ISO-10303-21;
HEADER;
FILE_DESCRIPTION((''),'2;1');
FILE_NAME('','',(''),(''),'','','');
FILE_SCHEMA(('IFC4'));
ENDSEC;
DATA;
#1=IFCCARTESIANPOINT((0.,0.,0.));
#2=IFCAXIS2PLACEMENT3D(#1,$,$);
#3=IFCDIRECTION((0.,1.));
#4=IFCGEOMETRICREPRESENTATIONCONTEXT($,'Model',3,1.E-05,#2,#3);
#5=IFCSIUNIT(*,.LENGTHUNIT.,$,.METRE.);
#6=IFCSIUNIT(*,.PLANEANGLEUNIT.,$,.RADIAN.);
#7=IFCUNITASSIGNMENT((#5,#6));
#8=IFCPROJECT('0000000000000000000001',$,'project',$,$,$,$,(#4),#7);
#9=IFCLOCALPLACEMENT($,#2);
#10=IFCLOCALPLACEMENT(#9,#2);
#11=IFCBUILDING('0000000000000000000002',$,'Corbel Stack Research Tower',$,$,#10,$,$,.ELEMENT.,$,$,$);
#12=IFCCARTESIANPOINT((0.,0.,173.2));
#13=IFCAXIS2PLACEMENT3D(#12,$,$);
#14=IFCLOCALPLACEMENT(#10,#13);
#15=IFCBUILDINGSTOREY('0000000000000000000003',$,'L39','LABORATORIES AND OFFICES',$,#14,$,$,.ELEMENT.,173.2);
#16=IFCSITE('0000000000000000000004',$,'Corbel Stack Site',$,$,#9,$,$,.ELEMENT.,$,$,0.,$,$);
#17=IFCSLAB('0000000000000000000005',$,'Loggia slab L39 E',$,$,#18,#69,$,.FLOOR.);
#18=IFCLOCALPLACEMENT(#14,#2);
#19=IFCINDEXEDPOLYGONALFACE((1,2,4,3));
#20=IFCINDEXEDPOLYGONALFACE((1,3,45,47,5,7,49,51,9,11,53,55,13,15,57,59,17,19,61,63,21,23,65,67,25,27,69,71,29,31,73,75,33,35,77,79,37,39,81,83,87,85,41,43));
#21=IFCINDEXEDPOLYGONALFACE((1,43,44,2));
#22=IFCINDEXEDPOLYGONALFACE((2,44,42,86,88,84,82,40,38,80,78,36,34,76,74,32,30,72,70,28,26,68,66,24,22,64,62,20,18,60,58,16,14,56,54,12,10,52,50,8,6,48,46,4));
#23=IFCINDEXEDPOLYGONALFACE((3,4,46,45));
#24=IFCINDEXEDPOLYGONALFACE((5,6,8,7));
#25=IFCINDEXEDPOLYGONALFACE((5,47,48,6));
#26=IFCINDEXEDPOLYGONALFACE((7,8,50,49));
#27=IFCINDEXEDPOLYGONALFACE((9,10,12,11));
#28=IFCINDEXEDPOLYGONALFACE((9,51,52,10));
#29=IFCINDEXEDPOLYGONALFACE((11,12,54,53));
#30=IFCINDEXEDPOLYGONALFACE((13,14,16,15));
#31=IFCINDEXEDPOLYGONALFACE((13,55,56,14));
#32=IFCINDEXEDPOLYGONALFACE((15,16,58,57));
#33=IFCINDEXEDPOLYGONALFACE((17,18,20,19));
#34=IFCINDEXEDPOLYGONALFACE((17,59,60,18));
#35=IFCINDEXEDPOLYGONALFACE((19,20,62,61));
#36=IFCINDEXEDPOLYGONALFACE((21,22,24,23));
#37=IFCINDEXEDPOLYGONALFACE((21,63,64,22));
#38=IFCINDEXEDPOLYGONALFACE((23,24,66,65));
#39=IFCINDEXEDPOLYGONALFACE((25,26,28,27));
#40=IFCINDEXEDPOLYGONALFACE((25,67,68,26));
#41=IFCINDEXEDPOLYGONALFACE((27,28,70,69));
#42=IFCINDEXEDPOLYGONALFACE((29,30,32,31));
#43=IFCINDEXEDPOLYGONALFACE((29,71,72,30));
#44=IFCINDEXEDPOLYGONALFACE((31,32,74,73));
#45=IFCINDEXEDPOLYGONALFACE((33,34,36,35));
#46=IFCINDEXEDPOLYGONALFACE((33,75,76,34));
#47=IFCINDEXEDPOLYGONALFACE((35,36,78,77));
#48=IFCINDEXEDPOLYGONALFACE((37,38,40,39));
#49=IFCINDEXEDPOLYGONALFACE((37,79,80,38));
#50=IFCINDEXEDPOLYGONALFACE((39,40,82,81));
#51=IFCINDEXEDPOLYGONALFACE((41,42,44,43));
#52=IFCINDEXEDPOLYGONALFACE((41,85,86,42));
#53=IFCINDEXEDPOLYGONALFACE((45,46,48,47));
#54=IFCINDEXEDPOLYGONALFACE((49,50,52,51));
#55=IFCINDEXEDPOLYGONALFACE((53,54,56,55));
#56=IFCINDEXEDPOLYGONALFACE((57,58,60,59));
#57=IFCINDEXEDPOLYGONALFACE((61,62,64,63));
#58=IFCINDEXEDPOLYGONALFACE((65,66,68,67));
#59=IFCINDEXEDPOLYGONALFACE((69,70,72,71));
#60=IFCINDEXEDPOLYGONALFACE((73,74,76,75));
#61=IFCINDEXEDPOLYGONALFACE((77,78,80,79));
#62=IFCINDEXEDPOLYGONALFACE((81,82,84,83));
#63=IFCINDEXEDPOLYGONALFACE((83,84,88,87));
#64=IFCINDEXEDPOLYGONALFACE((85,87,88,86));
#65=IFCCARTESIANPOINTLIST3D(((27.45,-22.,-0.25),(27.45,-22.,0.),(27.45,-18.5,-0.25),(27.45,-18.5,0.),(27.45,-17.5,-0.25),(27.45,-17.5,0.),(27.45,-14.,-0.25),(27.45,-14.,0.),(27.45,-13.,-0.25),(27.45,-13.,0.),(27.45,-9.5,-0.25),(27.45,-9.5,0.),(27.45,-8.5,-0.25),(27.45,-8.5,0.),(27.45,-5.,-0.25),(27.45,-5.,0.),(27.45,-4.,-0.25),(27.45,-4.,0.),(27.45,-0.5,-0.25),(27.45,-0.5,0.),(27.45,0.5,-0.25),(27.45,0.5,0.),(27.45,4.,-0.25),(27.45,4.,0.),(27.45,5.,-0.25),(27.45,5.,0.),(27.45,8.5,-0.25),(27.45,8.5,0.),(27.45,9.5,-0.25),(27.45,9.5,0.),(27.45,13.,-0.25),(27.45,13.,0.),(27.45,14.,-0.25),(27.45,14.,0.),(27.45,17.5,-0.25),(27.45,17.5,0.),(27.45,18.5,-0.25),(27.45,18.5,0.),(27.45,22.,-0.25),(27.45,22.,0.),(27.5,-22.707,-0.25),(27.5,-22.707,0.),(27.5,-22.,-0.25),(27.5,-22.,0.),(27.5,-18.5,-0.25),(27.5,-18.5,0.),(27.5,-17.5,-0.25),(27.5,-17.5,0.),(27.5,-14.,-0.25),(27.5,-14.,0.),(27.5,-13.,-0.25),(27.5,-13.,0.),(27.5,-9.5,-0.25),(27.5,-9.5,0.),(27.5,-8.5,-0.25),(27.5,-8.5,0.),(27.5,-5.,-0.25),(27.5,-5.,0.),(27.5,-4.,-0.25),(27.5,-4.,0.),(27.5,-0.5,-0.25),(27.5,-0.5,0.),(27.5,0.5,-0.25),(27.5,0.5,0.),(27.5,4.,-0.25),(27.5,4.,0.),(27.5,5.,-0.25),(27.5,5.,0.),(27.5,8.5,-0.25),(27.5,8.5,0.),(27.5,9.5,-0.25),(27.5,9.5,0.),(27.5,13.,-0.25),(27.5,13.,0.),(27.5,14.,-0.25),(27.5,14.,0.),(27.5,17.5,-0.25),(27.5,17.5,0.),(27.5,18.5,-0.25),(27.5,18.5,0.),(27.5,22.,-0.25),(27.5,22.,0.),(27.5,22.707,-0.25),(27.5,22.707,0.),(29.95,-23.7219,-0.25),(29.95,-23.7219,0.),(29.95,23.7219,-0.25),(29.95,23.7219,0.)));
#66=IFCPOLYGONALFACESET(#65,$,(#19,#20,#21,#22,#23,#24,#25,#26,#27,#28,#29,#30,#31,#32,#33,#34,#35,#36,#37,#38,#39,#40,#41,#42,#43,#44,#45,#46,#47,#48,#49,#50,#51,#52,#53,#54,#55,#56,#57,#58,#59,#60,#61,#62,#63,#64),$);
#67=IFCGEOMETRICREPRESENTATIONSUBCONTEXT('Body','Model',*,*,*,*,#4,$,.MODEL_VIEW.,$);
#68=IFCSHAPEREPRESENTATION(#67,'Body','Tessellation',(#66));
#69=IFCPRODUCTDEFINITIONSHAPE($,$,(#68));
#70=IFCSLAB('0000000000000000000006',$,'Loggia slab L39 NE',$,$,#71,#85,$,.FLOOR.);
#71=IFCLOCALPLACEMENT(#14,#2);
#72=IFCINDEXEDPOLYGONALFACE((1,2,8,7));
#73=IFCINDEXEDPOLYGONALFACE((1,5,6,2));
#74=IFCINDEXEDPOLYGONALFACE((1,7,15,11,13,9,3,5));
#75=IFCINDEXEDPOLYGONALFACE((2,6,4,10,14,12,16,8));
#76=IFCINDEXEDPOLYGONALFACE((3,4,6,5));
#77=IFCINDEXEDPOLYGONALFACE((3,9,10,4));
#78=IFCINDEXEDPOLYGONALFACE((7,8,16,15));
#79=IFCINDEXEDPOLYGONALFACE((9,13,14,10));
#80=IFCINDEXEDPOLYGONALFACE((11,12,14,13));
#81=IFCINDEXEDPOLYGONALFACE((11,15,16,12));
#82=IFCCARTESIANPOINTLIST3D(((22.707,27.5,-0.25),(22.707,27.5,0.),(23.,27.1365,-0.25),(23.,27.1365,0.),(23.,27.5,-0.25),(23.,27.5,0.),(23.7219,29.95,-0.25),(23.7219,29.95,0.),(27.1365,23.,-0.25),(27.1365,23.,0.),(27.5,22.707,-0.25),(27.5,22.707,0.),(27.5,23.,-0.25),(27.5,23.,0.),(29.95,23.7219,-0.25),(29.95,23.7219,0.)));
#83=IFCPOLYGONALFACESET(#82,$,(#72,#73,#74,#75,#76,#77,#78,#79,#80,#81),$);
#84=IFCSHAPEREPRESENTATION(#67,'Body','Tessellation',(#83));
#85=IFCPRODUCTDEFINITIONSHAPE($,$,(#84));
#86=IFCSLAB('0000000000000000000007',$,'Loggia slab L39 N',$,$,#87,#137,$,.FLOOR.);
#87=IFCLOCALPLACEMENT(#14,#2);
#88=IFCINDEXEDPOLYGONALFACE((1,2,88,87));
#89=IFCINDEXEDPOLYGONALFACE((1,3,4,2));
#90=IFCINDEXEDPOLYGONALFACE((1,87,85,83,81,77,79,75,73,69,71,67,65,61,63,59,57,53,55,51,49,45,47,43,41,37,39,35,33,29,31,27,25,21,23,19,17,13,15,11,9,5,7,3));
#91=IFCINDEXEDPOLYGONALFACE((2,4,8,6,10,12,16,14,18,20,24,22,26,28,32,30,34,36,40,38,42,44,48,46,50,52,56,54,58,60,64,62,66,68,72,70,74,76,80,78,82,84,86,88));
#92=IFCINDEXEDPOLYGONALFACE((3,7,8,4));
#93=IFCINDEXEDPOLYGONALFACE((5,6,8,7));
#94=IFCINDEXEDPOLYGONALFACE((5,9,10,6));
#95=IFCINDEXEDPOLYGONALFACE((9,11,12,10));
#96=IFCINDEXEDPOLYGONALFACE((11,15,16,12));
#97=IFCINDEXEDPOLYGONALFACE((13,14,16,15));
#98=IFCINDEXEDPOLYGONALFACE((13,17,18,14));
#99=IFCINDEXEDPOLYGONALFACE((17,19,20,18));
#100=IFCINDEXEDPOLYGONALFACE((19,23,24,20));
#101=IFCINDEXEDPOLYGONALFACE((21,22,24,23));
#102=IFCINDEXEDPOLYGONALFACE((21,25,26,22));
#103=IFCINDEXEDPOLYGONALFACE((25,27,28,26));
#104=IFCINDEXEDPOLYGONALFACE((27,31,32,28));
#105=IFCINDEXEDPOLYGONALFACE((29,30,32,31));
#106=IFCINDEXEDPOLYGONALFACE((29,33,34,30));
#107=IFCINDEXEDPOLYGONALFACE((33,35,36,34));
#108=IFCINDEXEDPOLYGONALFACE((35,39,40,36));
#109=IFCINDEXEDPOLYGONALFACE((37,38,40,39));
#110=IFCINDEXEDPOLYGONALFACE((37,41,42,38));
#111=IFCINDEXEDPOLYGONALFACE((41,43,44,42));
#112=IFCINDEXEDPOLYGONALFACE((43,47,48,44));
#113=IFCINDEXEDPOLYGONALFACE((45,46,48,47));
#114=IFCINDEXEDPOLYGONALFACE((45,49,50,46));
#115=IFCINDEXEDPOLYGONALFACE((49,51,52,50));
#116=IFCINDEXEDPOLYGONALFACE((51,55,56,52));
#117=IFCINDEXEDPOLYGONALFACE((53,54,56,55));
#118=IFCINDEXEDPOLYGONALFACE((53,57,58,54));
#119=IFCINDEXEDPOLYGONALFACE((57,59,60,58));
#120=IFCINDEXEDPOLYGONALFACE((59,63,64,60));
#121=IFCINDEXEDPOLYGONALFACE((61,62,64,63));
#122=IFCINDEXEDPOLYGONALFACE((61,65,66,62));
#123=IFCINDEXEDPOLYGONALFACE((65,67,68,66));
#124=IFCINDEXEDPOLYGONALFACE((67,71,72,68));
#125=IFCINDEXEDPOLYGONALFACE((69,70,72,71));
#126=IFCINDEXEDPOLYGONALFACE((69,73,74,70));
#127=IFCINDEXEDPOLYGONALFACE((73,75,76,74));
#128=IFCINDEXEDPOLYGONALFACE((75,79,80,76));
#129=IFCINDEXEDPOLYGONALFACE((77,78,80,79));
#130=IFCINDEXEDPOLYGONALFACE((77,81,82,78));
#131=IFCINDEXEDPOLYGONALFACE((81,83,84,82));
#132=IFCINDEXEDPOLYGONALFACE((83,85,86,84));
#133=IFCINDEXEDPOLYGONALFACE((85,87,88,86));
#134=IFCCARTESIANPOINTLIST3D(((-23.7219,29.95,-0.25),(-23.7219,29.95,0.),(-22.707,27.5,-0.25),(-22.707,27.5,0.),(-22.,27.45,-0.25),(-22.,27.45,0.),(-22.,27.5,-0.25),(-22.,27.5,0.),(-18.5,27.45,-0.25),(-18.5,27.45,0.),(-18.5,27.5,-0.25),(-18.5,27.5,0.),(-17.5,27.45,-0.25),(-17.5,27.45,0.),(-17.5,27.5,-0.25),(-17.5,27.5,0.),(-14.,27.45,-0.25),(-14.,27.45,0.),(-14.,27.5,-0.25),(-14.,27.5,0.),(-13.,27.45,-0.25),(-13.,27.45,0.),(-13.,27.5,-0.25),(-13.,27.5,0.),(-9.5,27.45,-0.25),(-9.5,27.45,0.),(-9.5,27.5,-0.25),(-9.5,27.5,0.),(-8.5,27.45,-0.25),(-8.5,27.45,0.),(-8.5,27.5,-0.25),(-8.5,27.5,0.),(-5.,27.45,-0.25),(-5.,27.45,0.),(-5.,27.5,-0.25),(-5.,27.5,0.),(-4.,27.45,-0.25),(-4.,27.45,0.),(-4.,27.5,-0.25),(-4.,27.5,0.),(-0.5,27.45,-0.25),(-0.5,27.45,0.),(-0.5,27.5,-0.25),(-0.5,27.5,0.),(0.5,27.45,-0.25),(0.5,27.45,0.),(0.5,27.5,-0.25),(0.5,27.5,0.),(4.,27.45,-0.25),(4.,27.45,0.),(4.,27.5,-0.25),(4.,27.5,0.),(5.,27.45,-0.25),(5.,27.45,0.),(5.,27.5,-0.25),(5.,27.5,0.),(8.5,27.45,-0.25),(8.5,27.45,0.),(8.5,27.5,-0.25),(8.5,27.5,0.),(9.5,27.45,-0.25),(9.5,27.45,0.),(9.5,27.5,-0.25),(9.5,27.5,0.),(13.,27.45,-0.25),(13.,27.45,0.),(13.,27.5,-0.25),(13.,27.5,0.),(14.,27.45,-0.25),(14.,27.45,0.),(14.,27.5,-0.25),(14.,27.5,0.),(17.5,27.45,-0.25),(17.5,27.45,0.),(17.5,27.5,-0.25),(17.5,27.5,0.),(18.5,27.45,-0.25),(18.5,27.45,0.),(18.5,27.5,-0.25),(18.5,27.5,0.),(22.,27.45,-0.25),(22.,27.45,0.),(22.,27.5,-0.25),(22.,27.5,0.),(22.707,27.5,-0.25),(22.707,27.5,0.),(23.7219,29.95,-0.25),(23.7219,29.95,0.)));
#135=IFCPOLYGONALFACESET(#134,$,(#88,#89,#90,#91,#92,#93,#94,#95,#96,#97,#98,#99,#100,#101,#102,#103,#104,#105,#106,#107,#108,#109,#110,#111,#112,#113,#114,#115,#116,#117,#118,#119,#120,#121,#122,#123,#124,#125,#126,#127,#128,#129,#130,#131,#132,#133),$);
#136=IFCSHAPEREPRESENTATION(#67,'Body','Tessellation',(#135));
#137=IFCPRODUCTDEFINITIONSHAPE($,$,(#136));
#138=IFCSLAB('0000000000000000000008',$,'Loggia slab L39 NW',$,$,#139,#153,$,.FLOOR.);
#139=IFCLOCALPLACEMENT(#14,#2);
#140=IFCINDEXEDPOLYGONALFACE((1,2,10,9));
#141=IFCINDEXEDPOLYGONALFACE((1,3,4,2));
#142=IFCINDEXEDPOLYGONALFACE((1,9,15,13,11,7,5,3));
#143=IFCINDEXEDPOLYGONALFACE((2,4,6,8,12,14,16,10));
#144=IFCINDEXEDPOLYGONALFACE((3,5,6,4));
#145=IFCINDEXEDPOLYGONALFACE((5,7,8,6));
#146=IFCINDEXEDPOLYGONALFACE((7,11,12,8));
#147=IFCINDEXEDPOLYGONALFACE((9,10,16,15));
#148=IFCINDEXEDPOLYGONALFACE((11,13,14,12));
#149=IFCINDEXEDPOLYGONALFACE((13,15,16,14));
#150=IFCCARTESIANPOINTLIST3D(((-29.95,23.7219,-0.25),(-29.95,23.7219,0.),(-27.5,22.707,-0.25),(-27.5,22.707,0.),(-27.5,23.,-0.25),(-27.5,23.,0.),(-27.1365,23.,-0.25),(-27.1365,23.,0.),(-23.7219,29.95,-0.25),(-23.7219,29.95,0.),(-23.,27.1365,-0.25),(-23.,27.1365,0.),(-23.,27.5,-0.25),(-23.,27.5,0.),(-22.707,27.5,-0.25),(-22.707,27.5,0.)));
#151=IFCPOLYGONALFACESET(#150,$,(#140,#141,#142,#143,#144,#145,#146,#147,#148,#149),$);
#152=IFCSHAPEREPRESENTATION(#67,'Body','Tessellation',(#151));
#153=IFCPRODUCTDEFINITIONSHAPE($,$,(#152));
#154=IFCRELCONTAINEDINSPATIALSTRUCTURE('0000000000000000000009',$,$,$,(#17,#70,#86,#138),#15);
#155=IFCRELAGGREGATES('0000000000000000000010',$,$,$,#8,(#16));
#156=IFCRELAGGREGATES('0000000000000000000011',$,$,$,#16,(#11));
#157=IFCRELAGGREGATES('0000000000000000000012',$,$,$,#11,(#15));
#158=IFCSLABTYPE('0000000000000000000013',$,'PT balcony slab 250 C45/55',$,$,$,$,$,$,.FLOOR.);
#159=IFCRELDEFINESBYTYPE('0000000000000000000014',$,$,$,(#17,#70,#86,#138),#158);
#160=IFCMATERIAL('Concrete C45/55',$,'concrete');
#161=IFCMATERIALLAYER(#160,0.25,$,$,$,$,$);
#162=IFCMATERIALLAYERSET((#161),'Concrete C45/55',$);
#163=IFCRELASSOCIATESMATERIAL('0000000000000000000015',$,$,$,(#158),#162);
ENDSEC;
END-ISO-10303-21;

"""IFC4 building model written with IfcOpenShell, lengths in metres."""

from ifc_helpers import new_model, si_unit, direction, frame, origin, place, context, subcontext, project, spatial, polyline, outline, extrude, material, layer, layer_set, type_object, element, save


model = new_model("IFC4")

# Units and contexts
model_context = context("Model", 3, precision=1e-05, world=origin(), true_north=direction((0.0, 1.0)))
body_context = subcontext(model_context, "Body", "Model", "MODEL_VIEW")
ifc_project = project(units=[si_unit("LENGTHUNIT", "METRE"), si_unit("PLANEANGLEUNIT", "RADIAN")], contexts=[model_context])

# Site, building, storey
site_placement = place(None, origin())
site = spatial("IfcSite", under=ifc_project, at=site_placement, Name="Corbel Stack Site", CompositionType="ELEMENT", RefElevation=0.0)
building_placement = place(site_placement, origin())
building = spatial("IfcBuilding", under=site, at=building_placement, Name="Corbel Stack Research Tower", CompositionType="ELEMENT")
storey_placement = place(building_placement, frame((0.0, 0.0, 173.2)))
storey = spatial("IfcBuildingStorey", under=building, at=storey_placement, Name="L39", Description="LABORATORIES AND OFFICES", CompositionType="ELEMENT", Elevation=173.2)

# Slabs
ifc_material_1 = material(Name="Concrete C45/55", Category="concrete")
ifc_layer_1 = layer(ifc_material_1, 0.25)
ifc_layer_set_1 = layer_set([ifc_layer_1], Name="Concrete C45/55")
slab_type_1 = type_object("IfcSlabType", Name="PT balcony slab 250 C45/55", PredefinedType="FLOOR", material=ifc_layer_set_1)
slab_1_placement = place(storey_placement, frame((0.0, 0.0, -0.25)))
element("IfcSlab", 1, at=slab_1_placement, inside=storey, type_object=slab_type_1, Name="Loggia slab L39 E", PredefinedType="FLOOR", context=body_context, shape_type="SweptSolid", body=[
    extrude(outline(polyline([(27.5, 22.707), (27.5, 22.0), (27.45, 22.0), (27.45, 18.5), (27.5, 18.5), (27.5, 17.5), (27.45, 17.5), (27.45, 14.0), (27.5, 14.0), (27.5, 13.0), (27.45, 13.0), (27.45, 9.5), (27.5, 9.5), (27.5, 8.5), (27.45, 8.5), (27.45, 5.0), (27.5, 5.0), (27.5, 4.0), (27.45, 4.0), (27.45, 0.5), (27.5, 0.5), (27.5, -0.5), (27.45, -0.5), (27.45, -4.0), (27.5, -4.0), (27.5, -5.0), (27.45, -5.0), (27.45, -8.5), (27.5, -8.5), (27.5, -9.5), (27.45, -9.5), (27.45, -13.0), (27.5, -13.0), (27.5, -14.0), (27.45, -14.0), (27.45, -17.5), (27.5, -17.5), (27.5, -18.5), (27.45, -18.5), (27.45, -22.0), (27.5, -22.0), (27.5, -22.707), (29.95, -23.7219), (29.95, 23.7219), (27.5, 22.707)])), origin(), (0.0, 0.0, 1.0), 0.25),
])
slab_2_placement = place(storey_placement, frame((0.0, 0.0, -0.25)))
element("IfcSlab", 2, at=slab_2_placement, inside=storey, type_object=slab_type_1, Name="Loggia slab L39 NE", PredefinedType="FLOOR", context=body_context, shape_type="SweptSolid", body=[
    extrude(outline(polyline([(22.707, 27.5), (23.0, 27.5), (23.0, 27.1365), (27.1365, 23.0), (27.5, 23.0), (27.5, 22.707), (29.95, 23.7219), (23.7219, 29.95), (22.707, 27.5)])), origin(), (0.0, 0.0, 1.0), 0.25),
])
slab_3_placement = place(storey_placement, frame((0.0, 0.0, -0.25)))
element("IfcSlab", 3, at=slab_3_placement, inside=storey, type_object=slab_type_1, Name="Loggia slab L39 N", PredefinedType="FLOOR", context=body_context, shape_type="SweptSolid", body=[
    extrude(outline(polyline([(-22.707, 27.5), (-22.0, 27.5), (-22.0, 27.45), (-18.5, 27.45), (-18.5, 27.5), (-17.5, 27.5), (-17.5, 27.45), (-14.0, 27.45), (-14.0, 27.5), (-13.0, 27.5), (-13.0, 27.45), (-9.5, 27.45), (-9.5, 27.5), (-8.5, 27.5), (-8.5, 27.45), (-5.0, 27.45), (-5.0, 27.5), (-4.0, 27.5), (-4.0, 27.45), (-0.5, 27.45), (-0.5, 27.5), (0.5, 27.5), (0.5, 27.45), (4.0, 27.45), (4.0, 27.5), (5.0, 27.5), (5.0, 27.45), (8.5, 27.45), (8.5, 27.5), (9.5, 27.5), (9.5, 27.45), (13.0, 27.45), (13.0, 27.5), (14.0, 27.5), (14.0, 27.45), (17.5, 27.45), (17.5, 27.5), (18.5, 27.5), (18.5, 27.45), (22.0, 27.45), (22.0, 27.5), (22.707, 27.5), (23.7219, 29.95), (-23.7219, 29.95), (-22.707, 27.5)])), origin(), (0.0, 0.0, 1.0), 0.25),
])
slab_4_placement = place(storey_placement, frame((0.0, 0.0, -0.25)))
element("IfcSlab", 4, at=slab_4_placement, inside=storey, type_object=slab_type_1, Name="Loggia slab L39 NW", PredefinedType="FLOOR", context=body_context, shape_type="SweptSolid", body=[
    extrude(outline(polyline([(-27.5, 22.707), (-27.5, 23.0), (-27.1365, 23.0), (-23.0, 27.1365), (-23.0, 27.5), (-22.707, 27.5), (-23.7219, 29.95), (-29.95, 23.7219), (-27.5, 22.707)])), origin(), (0.0, 0.0, 1.0), 0.25),
])

save(model, "model.ifc")
